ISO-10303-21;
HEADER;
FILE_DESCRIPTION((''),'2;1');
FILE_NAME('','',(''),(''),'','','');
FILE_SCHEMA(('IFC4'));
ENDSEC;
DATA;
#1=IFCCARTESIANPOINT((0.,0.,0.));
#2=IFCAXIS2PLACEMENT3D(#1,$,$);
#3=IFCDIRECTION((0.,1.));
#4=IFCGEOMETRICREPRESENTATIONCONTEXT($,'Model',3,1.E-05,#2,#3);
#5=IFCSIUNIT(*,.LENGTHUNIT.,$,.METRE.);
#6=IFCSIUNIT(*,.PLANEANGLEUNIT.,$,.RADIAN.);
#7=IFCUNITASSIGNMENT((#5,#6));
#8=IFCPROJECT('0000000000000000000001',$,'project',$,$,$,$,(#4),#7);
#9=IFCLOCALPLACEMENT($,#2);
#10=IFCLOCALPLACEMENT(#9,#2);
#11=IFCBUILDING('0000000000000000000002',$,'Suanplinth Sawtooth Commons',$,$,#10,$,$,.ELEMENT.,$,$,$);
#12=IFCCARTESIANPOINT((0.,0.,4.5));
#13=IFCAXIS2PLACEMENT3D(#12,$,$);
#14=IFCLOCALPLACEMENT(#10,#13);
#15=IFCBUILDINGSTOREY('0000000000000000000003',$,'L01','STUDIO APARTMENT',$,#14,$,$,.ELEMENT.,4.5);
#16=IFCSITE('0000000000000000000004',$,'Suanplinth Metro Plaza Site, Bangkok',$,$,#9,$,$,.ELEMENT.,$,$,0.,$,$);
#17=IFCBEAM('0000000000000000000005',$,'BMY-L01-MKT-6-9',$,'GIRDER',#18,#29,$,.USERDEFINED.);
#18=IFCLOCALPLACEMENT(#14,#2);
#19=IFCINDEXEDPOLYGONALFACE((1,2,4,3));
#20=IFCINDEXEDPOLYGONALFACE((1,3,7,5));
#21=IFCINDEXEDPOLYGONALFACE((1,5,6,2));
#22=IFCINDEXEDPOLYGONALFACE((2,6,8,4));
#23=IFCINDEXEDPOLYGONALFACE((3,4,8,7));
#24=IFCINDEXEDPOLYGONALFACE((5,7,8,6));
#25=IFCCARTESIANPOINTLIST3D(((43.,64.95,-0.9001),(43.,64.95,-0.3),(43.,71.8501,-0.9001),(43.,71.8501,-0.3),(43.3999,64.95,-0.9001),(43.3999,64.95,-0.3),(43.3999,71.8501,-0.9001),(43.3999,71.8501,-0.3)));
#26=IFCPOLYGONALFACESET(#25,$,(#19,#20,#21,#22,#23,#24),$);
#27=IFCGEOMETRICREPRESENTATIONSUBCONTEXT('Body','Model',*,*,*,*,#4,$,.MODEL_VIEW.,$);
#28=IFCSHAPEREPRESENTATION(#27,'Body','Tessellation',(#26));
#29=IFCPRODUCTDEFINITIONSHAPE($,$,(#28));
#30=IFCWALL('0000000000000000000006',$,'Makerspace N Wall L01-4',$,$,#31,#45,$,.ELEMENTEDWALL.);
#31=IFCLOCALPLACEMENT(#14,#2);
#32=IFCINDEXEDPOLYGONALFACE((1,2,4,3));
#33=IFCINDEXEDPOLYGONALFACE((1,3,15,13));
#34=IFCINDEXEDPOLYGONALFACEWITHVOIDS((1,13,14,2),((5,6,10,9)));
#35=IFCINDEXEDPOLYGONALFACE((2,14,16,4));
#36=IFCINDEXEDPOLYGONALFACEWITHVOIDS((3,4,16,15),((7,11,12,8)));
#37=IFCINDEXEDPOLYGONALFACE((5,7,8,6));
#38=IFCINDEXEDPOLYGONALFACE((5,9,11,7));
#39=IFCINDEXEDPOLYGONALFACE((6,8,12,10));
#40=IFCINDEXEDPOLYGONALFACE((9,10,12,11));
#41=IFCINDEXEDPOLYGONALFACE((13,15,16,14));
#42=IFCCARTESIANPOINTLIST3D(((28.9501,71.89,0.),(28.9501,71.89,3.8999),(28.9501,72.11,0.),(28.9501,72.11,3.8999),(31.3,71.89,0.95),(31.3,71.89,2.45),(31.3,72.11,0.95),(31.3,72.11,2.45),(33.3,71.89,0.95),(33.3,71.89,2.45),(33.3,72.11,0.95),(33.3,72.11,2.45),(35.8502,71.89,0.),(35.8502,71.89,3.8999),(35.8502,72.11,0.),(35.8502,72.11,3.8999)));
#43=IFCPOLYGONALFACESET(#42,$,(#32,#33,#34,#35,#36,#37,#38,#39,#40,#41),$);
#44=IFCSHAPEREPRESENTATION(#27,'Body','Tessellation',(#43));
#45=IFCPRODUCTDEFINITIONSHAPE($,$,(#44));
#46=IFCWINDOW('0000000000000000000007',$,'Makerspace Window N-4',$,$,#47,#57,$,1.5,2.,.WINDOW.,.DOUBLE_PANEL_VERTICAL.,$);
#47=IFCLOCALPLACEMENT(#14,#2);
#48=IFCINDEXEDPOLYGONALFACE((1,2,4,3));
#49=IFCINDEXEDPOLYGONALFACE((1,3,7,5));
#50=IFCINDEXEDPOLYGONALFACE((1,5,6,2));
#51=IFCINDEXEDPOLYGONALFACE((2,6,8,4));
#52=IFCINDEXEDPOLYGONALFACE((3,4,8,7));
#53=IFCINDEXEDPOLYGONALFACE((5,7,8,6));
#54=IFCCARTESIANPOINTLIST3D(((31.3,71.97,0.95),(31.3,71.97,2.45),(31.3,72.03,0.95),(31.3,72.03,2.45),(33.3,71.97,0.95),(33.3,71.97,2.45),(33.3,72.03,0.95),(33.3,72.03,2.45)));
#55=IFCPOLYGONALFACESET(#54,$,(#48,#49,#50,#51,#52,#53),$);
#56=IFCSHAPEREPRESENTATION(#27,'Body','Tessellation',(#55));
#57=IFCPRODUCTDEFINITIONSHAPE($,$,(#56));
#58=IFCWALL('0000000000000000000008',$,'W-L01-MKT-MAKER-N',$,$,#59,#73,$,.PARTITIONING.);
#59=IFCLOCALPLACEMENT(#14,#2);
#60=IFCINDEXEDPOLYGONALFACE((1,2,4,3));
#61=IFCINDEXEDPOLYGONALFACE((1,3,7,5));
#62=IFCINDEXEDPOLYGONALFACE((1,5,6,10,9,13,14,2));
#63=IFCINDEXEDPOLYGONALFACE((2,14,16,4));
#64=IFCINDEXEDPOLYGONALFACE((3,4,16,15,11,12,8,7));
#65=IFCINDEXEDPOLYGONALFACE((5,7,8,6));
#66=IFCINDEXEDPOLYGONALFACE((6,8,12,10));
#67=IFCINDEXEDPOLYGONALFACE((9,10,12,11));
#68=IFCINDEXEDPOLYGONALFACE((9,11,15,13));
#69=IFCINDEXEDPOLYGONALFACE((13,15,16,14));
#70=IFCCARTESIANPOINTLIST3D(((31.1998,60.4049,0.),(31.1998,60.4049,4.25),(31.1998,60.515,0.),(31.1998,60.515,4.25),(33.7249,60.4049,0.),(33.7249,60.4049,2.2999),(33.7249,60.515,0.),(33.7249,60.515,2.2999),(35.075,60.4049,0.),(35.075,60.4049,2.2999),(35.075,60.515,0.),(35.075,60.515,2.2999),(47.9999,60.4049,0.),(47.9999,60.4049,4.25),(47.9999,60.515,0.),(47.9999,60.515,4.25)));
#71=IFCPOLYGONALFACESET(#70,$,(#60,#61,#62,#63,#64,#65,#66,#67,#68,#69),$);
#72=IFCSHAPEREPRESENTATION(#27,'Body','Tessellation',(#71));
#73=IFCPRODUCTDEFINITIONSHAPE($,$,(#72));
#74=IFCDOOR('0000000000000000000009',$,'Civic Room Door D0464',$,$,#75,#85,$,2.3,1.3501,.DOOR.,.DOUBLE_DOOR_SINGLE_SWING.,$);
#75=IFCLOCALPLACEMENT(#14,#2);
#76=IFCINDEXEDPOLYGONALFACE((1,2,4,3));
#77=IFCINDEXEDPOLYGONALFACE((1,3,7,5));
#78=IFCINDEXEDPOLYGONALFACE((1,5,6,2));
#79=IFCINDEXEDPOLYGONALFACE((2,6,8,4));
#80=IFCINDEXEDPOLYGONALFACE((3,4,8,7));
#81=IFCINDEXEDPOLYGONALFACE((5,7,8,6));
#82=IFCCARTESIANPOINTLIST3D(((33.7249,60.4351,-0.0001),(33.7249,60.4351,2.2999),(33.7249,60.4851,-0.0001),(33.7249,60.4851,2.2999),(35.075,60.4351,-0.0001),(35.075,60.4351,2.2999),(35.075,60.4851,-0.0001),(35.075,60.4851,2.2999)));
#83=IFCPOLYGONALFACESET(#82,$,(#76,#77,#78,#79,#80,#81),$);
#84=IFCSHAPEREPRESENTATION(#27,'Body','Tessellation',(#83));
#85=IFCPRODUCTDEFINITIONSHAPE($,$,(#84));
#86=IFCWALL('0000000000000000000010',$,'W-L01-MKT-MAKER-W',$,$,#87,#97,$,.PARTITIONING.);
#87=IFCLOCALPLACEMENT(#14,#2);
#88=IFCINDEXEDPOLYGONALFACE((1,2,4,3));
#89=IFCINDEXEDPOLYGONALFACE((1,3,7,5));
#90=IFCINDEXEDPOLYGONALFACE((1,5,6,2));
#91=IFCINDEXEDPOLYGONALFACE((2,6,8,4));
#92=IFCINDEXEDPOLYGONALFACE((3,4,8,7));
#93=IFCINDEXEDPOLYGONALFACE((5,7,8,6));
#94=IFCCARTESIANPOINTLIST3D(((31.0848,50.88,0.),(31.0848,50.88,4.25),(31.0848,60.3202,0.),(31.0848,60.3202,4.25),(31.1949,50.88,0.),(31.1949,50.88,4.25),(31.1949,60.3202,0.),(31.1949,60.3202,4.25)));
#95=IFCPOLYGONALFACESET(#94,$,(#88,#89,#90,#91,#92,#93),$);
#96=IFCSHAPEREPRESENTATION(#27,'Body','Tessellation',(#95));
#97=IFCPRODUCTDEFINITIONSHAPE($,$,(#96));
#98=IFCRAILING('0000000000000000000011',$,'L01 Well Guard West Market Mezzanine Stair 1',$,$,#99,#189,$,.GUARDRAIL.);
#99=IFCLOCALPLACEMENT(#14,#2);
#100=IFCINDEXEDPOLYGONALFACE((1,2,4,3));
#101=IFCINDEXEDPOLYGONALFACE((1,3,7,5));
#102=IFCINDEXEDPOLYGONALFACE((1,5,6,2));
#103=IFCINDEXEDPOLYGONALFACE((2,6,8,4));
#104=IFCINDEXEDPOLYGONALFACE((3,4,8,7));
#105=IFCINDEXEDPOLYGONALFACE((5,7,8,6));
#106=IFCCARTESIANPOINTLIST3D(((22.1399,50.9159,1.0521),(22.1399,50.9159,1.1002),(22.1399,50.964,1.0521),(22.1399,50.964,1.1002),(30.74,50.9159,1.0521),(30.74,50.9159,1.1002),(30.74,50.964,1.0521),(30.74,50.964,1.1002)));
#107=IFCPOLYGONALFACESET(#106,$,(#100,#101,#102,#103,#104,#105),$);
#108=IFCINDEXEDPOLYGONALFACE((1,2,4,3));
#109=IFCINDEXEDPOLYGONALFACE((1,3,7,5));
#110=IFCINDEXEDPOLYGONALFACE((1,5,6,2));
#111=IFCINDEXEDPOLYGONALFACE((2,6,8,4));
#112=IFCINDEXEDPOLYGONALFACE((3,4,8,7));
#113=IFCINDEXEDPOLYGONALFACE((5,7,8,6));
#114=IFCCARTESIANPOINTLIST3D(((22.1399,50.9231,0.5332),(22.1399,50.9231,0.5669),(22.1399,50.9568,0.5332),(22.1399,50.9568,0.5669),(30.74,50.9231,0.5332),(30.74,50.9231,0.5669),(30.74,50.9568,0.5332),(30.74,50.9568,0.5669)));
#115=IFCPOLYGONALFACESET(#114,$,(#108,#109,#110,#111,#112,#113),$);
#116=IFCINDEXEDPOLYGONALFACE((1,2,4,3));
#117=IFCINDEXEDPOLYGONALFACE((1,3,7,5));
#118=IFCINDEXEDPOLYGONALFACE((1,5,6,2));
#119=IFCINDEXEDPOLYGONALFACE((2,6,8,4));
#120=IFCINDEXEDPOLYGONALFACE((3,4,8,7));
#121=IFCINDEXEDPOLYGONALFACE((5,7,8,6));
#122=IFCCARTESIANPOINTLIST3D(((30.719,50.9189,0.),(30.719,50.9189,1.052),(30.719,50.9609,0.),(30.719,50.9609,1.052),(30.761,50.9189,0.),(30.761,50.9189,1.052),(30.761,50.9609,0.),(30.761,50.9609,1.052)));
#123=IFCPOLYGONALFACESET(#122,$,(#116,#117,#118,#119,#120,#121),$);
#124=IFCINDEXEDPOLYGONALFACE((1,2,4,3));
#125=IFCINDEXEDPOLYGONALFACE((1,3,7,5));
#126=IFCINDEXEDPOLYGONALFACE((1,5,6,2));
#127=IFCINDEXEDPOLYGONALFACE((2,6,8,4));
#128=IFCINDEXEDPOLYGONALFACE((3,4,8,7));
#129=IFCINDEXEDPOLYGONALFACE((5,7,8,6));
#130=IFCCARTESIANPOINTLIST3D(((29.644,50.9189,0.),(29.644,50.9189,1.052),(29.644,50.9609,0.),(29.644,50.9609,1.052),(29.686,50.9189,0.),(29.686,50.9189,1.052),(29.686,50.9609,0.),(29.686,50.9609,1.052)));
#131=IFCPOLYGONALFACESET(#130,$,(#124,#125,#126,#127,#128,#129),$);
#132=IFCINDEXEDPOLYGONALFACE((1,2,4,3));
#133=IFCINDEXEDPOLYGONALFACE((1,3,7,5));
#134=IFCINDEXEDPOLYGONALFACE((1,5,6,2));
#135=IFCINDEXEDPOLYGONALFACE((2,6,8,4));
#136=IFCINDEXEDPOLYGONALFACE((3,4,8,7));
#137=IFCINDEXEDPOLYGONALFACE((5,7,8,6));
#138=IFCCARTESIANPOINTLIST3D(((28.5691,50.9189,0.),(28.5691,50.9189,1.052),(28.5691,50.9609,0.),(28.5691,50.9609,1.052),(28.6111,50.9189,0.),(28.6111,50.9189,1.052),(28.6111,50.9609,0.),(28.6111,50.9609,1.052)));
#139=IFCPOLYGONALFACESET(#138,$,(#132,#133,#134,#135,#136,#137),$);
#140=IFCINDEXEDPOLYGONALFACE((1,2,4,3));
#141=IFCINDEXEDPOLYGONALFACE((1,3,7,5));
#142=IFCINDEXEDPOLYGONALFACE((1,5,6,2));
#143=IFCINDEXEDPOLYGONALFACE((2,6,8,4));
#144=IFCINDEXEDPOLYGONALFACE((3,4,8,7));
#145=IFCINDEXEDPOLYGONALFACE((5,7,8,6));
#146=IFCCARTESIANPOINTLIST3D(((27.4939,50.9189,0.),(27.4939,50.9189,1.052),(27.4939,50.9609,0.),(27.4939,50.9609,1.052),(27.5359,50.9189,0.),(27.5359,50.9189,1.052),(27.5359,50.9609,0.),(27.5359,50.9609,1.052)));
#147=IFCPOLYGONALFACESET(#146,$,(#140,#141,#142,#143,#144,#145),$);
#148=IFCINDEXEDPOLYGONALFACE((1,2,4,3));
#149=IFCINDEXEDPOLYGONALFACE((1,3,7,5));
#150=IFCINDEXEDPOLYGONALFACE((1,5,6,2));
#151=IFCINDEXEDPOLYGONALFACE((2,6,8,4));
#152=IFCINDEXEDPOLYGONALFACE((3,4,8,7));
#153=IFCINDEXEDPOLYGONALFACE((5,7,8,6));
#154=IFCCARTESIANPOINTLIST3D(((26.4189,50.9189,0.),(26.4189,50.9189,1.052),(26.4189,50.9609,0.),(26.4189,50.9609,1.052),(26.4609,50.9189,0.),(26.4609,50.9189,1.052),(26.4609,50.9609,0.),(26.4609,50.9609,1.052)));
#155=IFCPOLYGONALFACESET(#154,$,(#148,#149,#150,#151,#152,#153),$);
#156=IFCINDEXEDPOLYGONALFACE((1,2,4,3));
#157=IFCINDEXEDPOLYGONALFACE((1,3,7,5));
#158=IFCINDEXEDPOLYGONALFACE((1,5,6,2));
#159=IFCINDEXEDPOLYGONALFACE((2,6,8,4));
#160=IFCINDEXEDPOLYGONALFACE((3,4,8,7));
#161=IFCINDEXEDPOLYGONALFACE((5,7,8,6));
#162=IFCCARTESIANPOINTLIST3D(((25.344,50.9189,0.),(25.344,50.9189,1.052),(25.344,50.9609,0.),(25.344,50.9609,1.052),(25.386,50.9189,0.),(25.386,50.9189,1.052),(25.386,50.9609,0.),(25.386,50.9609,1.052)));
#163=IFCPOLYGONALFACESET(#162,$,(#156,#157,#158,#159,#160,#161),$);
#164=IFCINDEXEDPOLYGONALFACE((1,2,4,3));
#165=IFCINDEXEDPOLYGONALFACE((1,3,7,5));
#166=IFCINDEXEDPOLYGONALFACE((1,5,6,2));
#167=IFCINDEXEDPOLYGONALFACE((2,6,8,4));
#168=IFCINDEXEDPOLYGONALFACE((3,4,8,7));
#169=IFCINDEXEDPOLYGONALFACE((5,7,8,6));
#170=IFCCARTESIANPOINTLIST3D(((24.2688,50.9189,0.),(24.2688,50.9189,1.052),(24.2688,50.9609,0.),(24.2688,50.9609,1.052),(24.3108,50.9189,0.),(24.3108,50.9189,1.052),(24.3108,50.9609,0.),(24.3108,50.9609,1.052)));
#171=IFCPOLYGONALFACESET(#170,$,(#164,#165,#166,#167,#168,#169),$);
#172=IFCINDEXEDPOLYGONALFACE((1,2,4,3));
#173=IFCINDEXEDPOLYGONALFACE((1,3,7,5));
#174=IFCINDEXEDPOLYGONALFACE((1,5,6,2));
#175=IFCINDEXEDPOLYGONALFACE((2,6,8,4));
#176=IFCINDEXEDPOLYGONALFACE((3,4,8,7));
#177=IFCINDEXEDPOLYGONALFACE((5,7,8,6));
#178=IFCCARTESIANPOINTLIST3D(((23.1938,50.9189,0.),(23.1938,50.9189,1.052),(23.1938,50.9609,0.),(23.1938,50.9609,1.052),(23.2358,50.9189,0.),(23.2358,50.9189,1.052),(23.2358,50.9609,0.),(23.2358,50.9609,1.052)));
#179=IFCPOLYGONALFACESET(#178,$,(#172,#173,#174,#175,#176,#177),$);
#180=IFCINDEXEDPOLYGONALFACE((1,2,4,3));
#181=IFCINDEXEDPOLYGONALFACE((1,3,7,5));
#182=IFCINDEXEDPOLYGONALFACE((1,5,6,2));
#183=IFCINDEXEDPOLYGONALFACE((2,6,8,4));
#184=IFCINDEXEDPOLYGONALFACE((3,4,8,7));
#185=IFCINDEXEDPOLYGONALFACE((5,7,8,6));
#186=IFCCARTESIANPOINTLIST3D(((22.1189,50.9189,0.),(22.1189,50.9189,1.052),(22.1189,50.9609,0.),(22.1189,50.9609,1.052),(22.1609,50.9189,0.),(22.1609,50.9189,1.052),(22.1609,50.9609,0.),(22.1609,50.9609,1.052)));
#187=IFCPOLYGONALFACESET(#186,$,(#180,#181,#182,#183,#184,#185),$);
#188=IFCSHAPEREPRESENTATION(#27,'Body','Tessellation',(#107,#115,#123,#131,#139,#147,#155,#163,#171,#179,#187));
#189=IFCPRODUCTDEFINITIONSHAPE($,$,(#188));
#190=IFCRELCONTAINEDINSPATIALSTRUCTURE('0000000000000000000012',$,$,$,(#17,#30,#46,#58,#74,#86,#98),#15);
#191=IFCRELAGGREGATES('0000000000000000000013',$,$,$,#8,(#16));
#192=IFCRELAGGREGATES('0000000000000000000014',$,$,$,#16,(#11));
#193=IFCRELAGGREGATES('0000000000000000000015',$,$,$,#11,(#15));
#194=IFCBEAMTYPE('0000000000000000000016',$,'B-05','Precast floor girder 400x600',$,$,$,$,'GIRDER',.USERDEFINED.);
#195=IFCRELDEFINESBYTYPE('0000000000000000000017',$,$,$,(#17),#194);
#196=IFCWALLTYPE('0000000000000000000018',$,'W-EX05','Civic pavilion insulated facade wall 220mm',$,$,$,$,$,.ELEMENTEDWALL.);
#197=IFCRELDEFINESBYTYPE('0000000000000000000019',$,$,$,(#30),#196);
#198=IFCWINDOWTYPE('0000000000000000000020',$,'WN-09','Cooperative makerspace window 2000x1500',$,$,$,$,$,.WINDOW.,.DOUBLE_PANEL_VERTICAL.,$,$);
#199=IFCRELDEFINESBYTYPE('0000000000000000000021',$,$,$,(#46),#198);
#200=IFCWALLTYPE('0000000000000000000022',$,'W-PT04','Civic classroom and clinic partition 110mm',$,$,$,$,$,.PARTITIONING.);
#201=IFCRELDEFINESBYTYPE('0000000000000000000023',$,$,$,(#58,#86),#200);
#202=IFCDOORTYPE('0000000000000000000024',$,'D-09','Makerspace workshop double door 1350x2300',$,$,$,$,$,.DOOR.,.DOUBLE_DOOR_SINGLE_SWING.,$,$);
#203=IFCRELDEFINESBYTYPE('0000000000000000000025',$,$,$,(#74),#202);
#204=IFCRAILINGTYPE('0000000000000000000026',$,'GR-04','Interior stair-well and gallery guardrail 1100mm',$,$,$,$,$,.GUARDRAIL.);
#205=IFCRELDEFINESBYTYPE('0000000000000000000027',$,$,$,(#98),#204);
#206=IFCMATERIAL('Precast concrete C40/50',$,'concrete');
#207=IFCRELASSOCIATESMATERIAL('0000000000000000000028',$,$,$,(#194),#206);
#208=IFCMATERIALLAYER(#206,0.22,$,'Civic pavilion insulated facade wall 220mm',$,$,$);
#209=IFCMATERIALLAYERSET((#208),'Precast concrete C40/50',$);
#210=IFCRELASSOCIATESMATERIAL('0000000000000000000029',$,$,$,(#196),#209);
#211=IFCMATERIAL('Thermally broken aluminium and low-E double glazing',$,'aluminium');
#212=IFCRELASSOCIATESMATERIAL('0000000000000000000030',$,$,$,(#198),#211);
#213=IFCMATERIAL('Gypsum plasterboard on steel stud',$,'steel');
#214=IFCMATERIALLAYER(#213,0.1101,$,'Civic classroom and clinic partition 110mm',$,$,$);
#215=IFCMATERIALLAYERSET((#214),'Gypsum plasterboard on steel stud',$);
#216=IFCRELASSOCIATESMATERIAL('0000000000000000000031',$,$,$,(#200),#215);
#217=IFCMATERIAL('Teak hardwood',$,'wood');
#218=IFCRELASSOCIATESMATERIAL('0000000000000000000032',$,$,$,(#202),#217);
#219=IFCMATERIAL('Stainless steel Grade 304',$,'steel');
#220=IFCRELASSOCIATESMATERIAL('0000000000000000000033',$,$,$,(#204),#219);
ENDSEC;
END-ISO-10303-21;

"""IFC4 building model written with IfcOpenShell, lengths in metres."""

from ifc_helpers import new_model, si_unit, direction, frame, frame_2d, origin, origin_2d, place, context, subcontext, project, spatial, rectangle, extrude, material, layer, layer_set, material_profile, profile_set, type_object, element, fill, save


model = new_model("IFC4")

# Units and contexts
model_context = context("Model", 3, precision=1e-05, world=origin(), true_north=direction((0.0, 1.0)))
body_context = subcontext(model_context, "Body", "Model", "MODEL_VIEW")
ifc_project = project(units=[si_unit("LENGTHUNIT", "METRE"), si_unit("PLANEANGLEUNIT", "RADIAN")], contexts=[model_context])

# Site, building, storey
site_placement = place(None, origin())
site = spatial("IfcSite", under=ifc_project, at=site_placement, Name="Suanplinth Metro Plaza Site, Bangkok", CompositionType="ELEMENT", RefElevation=0.0)
building_placement = place(site_placement, origin())
building = spatial("IfcBuilding", under=site, at=building_placement, Name="Suanplinth Sawtooth Commons", CompositionType="ELEMENT")
storey_placement = place(building_placement, frame((0.0, 0.0, 4.5)))
storey = spatial("IfcBuildingStorey", under=building, at=storey_placement, Name="L01", Description="STUDIO APARTMENT", CompositionType="ELEMENT", Elevation=4.5)

# Beam
ifc_material_1 = material(Name="Precast concrete C40/50", Category="concrete")
ifc_material_profile_1 = material_profile(ifc_material_1, rectangle(XDim=0.3999, YDim=0.6001, at=origin_2d()), Name="PC-GDR 400x600")
ifc_profile_set_1 = profile_set([ifc_material_profile_1], Name="Precast concrete C40/50")
beam_type = type_object("IfcBeamType", Name="B-05", Description="Precast floor girder 400x600", ElementType="GIRDER", PredefinedType="USERDEFINED", material=ifc_profile_set_1)
beam_1_placement = place(storey_placement, frame((43.2, 64.95, -0.6001), z_axis=(0.0, 1.0, 0.0), x_axis=(-1.0, 0.0, 0.0)))
element("IfcBeam", 1, at=beam_1_placement, inside=storey, type_object=beam_type, Name="BMY-L01-MKT-6-9", ObjectType="GIRDER", PredefinedType="USERDEFINED", context=body_context, shape_type="SweptSolid", body=[
    extrude(rectangle(XDim=0.3999, YDim=0.6001, at=origin_2d()), origin(), (0.0, 0.0, 1.0), 6.9001),
])

# Wall, opening, window
ifc_layer_1 = layer(ifc_material_1, 0.22, Name="Civic pavilion insulated facade wall 220mm")
ifc_layer_set_1 = layer_set([ifc_layer_1], Name="Precast concrete C40/50")
wall_type_1 = type_object("IfcWallType", Name="W-EX05", Description="Civic pavilion insulated facade wall 220mm", PredefinedType="ELEMENTEDWALL", material=ifc_layer_set_1)
wall_1_placement = place(storey_placement, frame((28.95, 72.0, 0.0), z_axis=(0.0, 0.0, 1.0), x_axis=(1.0, 0.0, 0.0)))
wall_1 = element("IfcWall", 2, at=wall_1_placement, inside=storey, type_object=wall_type_1, Name="Makerspace N Wall L01-4", PredefinedType="ELEMENTEDWALL", context=body_context, shape_type="SweptSolid", body=[
    extrude(rectangle(XDim=6.9001, YDim=0.22, at=frame_2d((3.4502, 0.0))), origin(), (0.0, 0.0, 1.0), 3.8999),
])
opening_1_placement = place(wall_1_placement, frame((2.3501, 0.0, 0.95)))
opening_1 = element("IfcOpeningElement", 3, at=opening_1_placement, cuts=wall_1, PredefinedType="OPENING", context=body_context, shape_type="SweptSolid", body=[
    extrude(rectangle(XDim=2.0, YDim=1.5, at=frame_2d((1.0, 0.75))), frame((0.0, 0.125, 0.0), z_axis=(0.0, -1.0, 0.0), x_axis=(1.0, 0.0, 0.0)), (0.0, 0.0, 1.0), 0.2498),
])
ifc_material_2 = material(Name="Thermally broken aluminium and low-E double glazing", Category="aluminium")
window_type = type_object("IfcWindowType", Name="WN-09", Description="Cooperative makerspace window 2000x1500", PartitioningType="DOUBLE_PANEL_VERTICAL", PredefinedType="WINDOW", material=ifc_material_2)
window_placement = place(opening_1_placement, origin())
window = element("IfcWindow", 4, at=window_placement, inside=storey, type_object=window_type, Name="Makerspace Window N-4", OverallHeight=1.5, OverallWidth=2.0, PartitioningType="DOUBLE_PANEL_VERTICAL", PredefinedType="WINDOW", context=body_context, shape_type="SweptSolid", body=[
    extrude(rectangle(XDim=2.0, YDim=1.5, at=frame_2d((1.0, 0.75))), frame((0.0, 0.03, 0.0), z_axis=(0.0, -1.0, 0.0), x_axis=(1.0, 0.0, 0.0)), (0.0, 0.0, 1.0), 0.0601),
])
fill(opening_1, window)

# Wall, opening, door
ifc_material_3 = material(Name="Gypsum plasterboard on steel stud", Category="steel")
ifc_layer_2 = layer(ifc_material_3, 0.1101, Name="Civic classroom and clinic partition 110mm")
ifc_layer_set_2 = layer_set([ifc_layer_2], Name="Gypsum plasterboard on steel stud")
wall_type_2 = type_object("IfcWallType", Name="W-PT04", Description="Civic classroom and clinic partition 110mm", PredefinedType="PARTITIONING", material=ifc_layer_set_2)
wall_2_placement = place(storey_placement, frame((31.2, 60.46, 0.0), z_axis=(0.0, 0.0, 1.0), x_axis=(1.0, 0.0, 0.0)))
wall_2 = element("IfcWall", 5, at=wall_2_placement, inside=storey, type_object=wall_type_2, Name="W-L01-MKT-MAKER-N", PredefinedType="PARTITIONING", context=body_context, shape_type="SweptSolid", body=[
    extrude(rectangle(XDim=16.8, YDim=0.1101, at=frame_2d((8.3999, 0.0))), origin(), (0.0, 0.0, 1.0), 4.25),
])
opening_2_placement = place(wall_2_placement, frame((2.5249, 0.0, 0.0)))
opening_2 = element("IfcOpeningElement", 6, at=opening_2_placement, cuts=wall_2, PredefinedType="OPENING", context=body_context, shape_type="SweptSolid", body=[
    extrude(rectangle(XDim=1.3501, YDim=2.3, at=frame_2d((0.675, 1.1499))), frame((0.0, 0.0698, 0.0), z_axis=(0.0, -1.0, 0.0), x_axis=(1.0, 0.0, 0.0)), (0.0, 0.0, 1.0), 0.1399),
])
ifc_material_4 = material(Name="Teak hardwood", Category="wood")
door_type = type_object("IfcDoorType", Name="D-09", Description="Makerspace workshop double door 1350x2300", OperationType="DOUBLE_DOOR_SINGLE_SWING", PredefinedType="DOOR", material=ifc_material_4)
door_placement = place(opening_2_placement, frame((1.3501, 0.0, 0.0), z_axis=(0.0, 0.0, 1.0), x_axis=(-1.0, 0.0, 0.0)))
door = element("IfcDoor", 7, at=door_placement, inside=storey, type_object=door_type, Name="Civic Room Door D0464", OperationType="DOUBLE_DOOR_SINGLE_SWING", OverallHeight=2.3, OverallWidth=1.3501, PredefinedType="DOOR", context=body_context, shape_type="SweptSolid", body=[
    extrude(rectangle(XDim=1.3501, YDim=2.3, at=frame_2d((0.675, 1.1499))), frame((0.0, 0.0249, 0.0), z_axis=(0.0, -1.0, 0.0), x_axis=(1.0, 0.0, 0.0)), (0.0, 0.0, 1.0), 0.05),
])
fill(opening_2, door)

# Wall
wall_3_placement = place(storey_placement, frame((31.1399, 50.8799, 0.0), z_axis=(0.0, 0.0, 1.0), x_axis=(0.0, 1.0, 0.0)))
element("IfcWall", 8, at=wall_3_placement, inside=storey, type_object=wall_type_2, Name="W-L01-MKT-MAKER-W", PredefinedType="PARTITIONING", context=body_context, shape_type="SweptSolid", body=[
    extrude(rectangle(XDim=9.4402, YDim=0.1101, at=frame_2d((4.7202, 0.0))), origin(), (0.0, 0.0, 1.0), 4.25),
])

# Railing
ifc_material_5 = material(Name="Stainless steel Grade 304", Category="steel")
railing_type = type_object("IfcRailingType", Name="GR-04", Description="Interior stair-well and gallery guardrail 1100mm", PredefinedType="GUARDRAIL", material=ifc_material_5)
railing_placement = place(storey_placement, frame((30.74, 50.9399, 0.0)))
element("IfcRailing", 9, at=railing_placement, inside=storey, type_object=railing_type, Name="L01 Well Guard West Market Mezzanine Stair 1", PredefinedType="GUARDRAIL", context=body_context, shape_type="SweptSolid", body=[
    extrude(rectangle(XDim=0.0481, YDim=0.0481, at=origin_2d()), frame((0.0, 0.0, 1.0762), z_axis=(-1.0, 0.0, 0.0), x_axis=(0.0, -1.0, 0.0)), (0.0, 0.0, 1.0), 8.6001),
    extrude(rectangle(XDim=0.0337, YDim=0.0337, at=origin_2d()), frame((0.0, 0.0, 0.55), z_axis=(-1.0, 0.0, 0.0), x_axis=(0.0, -1.0, 0.0)), (0.0, 0.0, 1.0), 8.6001),
    extrude(rectangle(XDim=0.042, YDim=0.042, at=origin_2d()), origin(), (0.0, 0.0, 1.0), 1.052),
    extrude(rectangle(XDim=0.042, YDim=0.042, at=origin_2d()), frame((-1.075, 0.0, 0.0)), (0.0, 0.0, 1.0), 1.052),
    extrude(rectangle(XDim=0.042, YDim=0.042, at=origin_2d()), frame((-2.1499, 0.0, 0.0)), (0.0, 0.0, 1.0), 1.052),
    extrude(rectangle(XDim=0.042, YDim=0.042, at=origin_2d()), frame((-3.2251, 0.0, 0.0)), (0.0, 0.0, 1.0), 1.052),
    extrude(rectangle(XDim=0.042, YDim=0.042, at=origin_2d()), frame((-4.3, 0.0, 0.0)), (0.0, 0.0, 1.0), 1.052),
    extrude(rectangle(XDim=0.042, YDim=0.042, at=origin_2d()), frame((-5.375, 0.0, 0.0)), (0.0, 0.0, 1.0), 1.052),
    extrude(rectangle(XDim=0.042, YDim=0.042, at=origin_2d()), frame((-6.4502, 0.0, 0.0)), (0.0, 0.0, 1.0), 1.052),
    extrude(rectangle(XDim=0.042, YDim=0.042, at=origin_2d()), frame((-7.5251, 0.0, 0.0)), (0.0, 0.0, 1.0), 1.052),
    extrude(rectangle(XDim=0.042, YDim=0.042, at=origin_2d()), frame((-8.6001, 0.0, 0.0)), (0.0, 0.0, 1.0), 1.052),
])

save(model, "model.ifc")
